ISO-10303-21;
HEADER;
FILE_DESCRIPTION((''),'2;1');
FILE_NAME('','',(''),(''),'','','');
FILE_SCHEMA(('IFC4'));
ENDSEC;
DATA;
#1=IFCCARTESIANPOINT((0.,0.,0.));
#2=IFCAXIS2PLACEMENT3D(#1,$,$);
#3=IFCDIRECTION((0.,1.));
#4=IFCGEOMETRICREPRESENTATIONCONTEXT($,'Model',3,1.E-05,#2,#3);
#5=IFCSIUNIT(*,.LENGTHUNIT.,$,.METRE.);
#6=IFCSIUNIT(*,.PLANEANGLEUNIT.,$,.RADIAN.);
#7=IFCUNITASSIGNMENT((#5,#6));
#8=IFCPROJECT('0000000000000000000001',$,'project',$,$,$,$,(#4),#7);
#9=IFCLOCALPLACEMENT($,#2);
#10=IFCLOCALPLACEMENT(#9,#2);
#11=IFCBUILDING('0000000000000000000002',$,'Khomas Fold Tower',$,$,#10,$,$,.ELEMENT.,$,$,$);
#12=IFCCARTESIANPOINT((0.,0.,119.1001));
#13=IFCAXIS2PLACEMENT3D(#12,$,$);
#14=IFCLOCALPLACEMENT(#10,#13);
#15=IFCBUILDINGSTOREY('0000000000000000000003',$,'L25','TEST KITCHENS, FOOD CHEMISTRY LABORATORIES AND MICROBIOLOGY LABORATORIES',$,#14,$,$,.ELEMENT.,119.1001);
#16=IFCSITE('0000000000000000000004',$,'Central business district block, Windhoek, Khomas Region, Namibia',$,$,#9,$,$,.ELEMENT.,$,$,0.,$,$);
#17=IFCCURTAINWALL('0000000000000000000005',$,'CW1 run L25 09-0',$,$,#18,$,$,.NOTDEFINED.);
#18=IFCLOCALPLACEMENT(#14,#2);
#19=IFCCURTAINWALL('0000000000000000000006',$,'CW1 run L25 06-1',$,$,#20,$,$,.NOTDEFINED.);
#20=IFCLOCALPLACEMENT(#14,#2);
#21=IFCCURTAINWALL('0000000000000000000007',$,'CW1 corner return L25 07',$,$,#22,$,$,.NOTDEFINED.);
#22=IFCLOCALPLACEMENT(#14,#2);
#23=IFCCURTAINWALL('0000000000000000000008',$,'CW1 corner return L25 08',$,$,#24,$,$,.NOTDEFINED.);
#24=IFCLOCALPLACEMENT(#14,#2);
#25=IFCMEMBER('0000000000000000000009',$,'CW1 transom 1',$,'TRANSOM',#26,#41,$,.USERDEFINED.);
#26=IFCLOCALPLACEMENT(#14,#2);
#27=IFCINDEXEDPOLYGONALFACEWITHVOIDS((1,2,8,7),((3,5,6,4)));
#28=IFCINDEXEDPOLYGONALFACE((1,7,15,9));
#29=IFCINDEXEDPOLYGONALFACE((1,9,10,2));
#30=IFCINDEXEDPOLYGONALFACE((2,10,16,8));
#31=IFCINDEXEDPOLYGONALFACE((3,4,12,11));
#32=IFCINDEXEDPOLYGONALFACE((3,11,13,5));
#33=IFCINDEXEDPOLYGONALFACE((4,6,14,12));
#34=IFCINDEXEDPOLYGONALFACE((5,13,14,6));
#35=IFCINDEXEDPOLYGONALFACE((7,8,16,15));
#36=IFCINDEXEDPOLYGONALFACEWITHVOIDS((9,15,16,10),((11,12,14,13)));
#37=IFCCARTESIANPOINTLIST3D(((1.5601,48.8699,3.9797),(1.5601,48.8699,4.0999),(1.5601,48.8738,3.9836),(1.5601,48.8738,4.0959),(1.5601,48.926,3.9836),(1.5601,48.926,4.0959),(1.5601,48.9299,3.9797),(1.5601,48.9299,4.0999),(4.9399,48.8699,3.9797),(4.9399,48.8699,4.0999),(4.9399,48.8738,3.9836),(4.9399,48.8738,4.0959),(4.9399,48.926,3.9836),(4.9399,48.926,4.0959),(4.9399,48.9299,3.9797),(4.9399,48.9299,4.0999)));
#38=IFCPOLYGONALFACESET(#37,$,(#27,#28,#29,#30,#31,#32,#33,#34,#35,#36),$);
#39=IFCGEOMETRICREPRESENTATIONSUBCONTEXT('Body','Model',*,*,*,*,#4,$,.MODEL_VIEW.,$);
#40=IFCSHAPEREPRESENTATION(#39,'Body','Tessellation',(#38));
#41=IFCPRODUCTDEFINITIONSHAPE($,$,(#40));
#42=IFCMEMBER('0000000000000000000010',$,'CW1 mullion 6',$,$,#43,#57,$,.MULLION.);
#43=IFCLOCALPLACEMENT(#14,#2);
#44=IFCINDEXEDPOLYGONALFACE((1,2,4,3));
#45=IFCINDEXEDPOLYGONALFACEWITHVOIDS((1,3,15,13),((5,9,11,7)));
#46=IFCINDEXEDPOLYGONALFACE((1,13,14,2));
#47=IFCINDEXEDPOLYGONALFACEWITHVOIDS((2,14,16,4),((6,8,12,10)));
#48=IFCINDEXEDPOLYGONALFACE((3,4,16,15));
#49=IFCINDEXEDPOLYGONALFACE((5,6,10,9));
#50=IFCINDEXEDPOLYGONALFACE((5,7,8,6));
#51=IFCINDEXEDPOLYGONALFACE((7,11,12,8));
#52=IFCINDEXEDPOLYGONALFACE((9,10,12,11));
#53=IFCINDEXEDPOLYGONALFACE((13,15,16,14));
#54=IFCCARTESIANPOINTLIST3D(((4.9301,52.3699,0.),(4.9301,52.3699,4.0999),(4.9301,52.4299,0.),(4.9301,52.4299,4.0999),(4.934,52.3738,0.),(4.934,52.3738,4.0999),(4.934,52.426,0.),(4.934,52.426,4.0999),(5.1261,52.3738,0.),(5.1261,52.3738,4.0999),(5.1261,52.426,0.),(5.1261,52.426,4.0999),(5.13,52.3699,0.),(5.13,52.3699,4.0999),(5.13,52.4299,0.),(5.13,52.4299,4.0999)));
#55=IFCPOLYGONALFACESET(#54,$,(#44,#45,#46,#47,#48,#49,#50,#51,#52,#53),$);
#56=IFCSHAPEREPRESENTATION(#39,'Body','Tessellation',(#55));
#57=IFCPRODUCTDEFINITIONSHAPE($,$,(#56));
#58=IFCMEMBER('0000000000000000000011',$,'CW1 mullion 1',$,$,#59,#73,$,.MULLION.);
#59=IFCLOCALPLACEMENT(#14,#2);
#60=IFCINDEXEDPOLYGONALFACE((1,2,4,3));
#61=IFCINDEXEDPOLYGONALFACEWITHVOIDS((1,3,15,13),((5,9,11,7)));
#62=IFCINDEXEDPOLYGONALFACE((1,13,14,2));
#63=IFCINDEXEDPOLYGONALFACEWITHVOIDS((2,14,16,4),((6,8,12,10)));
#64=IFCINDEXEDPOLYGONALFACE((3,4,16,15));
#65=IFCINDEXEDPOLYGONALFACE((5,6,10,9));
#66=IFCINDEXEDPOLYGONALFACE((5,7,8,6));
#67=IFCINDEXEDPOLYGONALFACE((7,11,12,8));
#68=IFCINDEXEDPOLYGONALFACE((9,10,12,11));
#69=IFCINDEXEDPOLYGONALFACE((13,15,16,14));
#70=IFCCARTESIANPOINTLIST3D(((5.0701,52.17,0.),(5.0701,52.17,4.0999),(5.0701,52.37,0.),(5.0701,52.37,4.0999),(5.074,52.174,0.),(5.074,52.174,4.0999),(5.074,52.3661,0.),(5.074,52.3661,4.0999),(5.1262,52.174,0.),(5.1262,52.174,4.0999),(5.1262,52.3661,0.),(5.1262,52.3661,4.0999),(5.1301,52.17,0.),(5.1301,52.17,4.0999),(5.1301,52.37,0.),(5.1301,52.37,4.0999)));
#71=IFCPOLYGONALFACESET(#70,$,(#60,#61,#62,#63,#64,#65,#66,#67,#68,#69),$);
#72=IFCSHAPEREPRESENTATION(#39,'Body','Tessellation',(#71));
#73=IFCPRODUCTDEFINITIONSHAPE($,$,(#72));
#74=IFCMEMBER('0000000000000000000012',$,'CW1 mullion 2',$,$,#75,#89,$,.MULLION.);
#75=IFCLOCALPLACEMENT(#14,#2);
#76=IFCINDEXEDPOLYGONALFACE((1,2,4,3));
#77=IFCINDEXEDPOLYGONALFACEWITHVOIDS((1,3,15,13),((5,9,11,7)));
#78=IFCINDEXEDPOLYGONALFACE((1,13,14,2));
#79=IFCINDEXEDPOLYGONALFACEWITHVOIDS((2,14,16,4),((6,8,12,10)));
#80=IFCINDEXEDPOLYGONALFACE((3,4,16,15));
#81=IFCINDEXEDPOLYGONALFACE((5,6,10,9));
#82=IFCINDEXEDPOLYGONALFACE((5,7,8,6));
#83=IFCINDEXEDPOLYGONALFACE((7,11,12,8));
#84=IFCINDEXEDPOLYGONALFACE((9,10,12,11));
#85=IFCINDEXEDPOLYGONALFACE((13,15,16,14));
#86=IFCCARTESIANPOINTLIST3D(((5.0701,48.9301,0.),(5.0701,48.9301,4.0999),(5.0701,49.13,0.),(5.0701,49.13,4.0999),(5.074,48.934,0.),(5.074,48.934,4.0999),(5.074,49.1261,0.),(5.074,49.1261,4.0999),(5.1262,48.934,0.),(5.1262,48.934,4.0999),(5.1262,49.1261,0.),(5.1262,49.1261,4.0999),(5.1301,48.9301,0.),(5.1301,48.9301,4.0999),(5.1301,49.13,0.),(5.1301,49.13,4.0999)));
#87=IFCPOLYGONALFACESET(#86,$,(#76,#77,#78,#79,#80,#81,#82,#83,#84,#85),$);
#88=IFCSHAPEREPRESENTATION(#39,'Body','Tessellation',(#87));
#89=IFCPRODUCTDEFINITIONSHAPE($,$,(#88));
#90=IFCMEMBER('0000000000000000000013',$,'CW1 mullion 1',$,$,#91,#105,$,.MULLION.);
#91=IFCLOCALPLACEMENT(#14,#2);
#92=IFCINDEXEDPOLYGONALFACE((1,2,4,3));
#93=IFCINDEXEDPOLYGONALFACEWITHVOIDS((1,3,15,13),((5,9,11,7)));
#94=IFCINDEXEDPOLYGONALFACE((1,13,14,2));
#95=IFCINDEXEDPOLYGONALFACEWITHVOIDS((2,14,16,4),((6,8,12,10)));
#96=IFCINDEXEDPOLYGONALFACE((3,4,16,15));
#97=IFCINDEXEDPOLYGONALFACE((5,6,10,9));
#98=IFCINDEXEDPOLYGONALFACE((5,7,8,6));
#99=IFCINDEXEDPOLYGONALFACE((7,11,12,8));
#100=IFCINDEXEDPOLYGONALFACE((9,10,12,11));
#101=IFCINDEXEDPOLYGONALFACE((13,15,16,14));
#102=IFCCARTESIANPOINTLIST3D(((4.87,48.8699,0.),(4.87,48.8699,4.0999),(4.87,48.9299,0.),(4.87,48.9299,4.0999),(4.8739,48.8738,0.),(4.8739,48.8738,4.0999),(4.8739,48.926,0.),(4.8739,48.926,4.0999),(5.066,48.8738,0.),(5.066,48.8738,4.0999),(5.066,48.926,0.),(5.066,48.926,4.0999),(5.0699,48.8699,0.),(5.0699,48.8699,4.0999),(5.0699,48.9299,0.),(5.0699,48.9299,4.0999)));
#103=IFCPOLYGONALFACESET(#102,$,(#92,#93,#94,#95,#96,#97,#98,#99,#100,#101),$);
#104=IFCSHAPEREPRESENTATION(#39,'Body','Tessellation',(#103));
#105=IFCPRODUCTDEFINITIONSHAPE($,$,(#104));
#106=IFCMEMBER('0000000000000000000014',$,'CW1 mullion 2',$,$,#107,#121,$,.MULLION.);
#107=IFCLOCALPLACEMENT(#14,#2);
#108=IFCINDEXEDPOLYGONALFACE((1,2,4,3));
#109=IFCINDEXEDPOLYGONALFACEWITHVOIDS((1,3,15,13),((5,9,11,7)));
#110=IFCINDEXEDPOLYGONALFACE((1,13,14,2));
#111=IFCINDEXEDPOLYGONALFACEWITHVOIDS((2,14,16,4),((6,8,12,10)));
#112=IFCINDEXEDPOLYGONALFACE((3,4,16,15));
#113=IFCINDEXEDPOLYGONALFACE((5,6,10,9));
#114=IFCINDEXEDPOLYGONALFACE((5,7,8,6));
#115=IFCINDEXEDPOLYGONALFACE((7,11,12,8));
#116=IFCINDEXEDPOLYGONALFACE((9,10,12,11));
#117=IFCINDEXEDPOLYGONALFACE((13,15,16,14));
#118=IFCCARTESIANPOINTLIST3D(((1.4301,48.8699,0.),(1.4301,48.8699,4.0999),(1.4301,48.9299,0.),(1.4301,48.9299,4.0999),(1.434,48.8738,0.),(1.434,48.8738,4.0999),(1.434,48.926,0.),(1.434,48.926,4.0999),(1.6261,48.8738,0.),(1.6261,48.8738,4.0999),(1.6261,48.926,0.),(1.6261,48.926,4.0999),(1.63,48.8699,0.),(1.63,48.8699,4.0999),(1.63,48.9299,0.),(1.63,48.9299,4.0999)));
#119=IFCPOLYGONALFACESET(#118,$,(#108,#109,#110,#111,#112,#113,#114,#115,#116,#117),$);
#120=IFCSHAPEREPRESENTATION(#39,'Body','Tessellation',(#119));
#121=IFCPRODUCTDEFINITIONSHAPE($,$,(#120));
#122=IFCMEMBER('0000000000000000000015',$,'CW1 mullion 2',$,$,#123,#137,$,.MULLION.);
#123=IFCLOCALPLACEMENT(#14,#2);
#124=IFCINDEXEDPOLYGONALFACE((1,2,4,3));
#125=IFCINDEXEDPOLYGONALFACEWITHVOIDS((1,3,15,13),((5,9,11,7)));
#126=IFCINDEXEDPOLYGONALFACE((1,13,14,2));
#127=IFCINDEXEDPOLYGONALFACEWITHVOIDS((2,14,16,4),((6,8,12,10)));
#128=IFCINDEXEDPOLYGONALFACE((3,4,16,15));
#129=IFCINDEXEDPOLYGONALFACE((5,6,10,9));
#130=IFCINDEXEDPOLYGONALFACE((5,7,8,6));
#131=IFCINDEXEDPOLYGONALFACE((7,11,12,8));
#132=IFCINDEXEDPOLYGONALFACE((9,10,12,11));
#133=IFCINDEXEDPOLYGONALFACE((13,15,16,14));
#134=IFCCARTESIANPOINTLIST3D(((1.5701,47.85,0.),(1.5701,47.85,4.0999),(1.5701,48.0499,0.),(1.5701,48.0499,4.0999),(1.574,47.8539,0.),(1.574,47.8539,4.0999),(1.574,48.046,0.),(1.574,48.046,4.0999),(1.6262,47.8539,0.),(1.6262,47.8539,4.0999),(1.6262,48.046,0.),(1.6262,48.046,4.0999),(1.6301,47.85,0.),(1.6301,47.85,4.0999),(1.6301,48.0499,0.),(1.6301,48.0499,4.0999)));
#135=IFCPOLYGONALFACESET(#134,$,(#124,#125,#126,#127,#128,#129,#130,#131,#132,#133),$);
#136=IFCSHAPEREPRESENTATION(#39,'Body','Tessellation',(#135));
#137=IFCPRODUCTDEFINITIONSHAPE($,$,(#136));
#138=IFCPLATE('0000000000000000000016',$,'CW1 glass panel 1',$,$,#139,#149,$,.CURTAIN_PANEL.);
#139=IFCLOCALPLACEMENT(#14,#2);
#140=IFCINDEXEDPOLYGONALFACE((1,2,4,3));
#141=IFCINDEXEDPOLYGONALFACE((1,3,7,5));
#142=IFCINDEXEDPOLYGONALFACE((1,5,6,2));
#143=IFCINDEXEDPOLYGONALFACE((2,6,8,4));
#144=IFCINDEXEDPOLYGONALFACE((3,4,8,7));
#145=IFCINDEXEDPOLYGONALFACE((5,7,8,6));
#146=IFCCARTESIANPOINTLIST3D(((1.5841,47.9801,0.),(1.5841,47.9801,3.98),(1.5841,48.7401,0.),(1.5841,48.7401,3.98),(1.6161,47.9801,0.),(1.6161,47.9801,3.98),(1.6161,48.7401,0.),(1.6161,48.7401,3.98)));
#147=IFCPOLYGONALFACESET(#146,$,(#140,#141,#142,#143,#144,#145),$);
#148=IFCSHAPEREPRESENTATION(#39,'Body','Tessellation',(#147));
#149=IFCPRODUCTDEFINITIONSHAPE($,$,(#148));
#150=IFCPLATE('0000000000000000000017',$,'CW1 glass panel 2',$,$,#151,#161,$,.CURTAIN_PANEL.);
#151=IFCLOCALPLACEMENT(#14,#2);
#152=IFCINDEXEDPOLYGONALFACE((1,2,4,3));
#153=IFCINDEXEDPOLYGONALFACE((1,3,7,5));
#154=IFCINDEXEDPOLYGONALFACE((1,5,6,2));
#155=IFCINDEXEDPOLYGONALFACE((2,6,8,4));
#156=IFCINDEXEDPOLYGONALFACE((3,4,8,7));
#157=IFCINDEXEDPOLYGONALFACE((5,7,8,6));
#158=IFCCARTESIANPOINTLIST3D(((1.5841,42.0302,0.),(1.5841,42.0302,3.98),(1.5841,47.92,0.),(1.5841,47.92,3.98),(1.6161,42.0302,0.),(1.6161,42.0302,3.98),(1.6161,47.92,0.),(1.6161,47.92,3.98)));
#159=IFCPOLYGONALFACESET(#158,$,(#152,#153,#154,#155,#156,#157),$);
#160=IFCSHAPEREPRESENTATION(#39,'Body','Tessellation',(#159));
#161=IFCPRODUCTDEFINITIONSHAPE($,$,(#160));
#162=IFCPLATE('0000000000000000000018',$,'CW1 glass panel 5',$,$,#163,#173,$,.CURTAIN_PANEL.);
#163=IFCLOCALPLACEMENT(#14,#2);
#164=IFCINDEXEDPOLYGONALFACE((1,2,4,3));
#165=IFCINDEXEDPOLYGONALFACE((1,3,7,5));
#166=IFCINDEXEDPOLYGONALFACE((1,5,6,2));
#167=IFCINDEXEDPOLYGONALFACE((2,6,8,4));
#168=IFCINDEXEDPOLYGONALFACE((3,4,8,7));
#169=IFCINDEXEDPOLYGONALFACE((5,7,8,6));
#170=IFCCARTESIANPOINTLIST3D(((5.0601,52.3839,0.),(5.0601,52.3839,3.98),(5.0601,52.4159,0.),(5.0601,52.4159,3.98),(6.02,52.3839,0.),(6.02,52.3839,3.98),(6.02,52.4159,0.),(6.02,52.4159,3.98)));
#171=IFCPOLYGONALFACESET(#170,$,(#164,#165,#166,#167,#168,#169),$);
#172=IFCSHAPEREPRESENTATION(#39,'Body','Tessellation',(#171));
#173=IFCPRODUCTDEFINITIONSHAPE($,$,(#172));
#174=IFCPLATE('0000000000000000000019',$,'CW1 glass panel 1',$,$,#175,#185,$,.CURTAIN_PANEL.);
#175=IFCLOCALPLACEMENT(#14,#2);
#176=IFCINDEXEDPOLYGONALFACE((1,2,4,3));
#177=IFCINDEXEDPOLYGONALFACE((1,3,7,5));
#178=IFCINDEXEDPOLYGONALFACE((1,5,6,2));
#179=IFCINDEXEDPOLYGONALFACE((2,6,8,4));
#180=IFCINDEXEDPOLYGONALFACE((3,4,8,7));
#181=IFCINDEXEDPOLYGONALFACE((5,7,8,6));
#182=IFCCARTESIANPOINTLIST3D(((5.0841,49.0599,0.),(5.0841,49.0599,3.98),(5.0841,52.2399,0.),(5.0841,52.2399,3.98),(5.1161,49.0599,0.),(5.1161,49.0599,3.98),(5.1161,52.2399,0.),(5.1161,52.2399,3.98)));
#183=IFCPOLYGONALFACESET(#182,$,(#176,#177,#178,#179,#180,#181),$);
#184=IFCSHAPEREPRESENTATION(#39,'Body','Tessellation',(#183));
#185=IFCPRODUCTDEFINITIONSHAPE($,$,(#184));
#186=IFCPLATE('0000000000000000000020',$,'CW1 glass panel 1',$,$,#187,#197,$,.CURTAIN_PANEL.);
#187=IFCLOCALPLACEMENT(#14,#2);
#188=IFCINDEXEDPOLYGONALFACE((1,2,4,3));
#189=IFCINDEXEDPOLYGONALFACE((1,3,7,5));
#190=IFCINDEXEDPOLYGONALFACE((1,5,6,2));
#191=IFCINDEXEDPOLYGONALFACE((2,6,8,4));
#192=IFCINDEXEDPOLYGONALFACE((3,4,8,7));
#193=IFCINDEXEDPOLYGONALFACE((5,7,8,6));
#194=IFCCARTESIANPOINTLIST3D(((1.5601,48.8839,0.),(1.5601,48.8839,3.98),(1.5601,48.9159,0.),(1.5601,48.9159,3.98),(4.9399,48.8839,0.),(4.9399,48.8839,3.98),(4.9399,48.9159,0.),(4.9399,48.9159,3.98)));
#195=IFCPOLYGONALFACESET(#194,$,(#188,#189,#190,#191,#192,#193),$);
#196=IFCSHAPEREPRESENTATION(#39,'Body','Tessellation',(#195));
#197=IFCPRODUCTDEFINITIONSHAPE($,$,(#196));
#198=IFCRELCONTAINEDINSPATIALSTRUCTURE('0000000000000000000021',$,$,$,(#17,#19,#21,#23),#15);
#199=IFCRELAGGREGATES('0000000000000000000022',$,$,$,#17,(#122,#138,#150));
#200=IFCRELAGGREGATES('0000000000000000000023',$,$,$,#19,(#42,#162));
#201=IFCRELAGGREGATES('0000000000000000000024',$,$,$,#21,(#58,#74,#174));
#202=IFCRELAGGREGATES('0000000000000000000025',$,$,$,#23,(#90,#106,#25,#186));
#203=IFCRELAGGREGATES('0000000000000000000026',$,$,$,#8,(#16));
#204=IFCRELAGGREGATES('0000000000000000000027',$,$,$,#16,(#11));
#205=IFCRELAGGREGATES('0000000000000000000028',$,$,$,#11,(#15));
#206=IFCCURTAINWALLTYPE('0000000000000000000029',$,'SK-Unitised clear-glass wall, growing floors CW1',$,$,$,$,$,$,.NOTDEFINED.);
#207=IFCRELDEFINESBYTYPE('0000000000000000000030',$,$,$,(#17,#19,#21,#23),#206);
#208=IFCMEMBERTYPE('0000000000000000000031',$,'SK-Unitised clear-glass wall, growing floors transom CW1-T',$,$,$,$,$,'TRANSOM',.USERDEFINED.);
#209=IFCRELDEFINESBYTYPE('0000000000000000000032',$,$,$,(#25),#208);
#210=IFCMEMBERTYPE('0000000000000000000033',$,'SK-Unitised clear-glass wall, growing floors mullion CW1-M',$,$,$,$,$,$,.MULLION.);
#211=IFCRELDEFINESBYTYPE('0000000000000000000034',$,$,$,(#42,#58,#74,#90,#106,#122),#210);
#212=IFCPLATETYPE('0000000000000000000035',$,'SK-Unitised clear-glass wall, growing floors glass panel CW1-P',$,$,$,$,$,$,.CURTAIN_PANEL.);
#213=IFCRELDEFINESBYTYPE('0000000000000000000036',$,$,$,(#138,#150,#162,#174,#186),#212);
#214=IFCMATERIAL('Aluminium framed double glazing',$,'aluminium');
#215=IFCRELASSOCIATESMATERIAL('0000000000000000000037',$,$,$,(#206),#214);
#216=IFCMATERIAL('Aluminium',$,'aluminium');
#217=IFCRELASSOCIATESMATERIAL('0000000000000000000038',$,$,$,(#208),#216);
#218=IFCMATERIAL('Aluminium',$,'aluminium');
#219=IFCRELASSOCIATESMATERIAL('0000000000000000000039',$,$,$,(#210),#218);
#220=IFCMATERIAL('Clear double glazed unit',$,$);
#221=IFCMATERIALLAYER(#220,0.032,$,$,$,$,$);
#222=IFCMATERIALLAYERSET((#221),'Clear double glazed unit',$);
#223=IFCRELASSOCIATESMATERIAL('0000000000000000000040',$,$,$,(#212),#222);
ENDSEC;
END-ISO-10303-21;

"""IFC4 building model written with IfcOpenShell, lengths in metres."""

from ifc_helpers import new_model, si_unit, direction, frame, origin, origin_2d, place, context, subcontext, project, spatial, rectangle, hollow_rectangle, extrude, source, transform, mapped, material, layer, layer_set, material_profile, profile_set, type_object, element, aggregate, save


model = new_model("IFC4")

# Units and contexts
model_context = context("Model", 3, precision=1e-05, world=origin(), true_north=direction((0.0, 1.0)))
body_context = subcontext(model_context, "Body", "Model", "MODEL_VIEW")
ifc_project = project(units=[si_unit("LENGTHUNIT", "METRE"), si_unit("PLANEANGLEUNIT", "RADIAN")], contexts=[model_context])

# Site, building, storey
site_placement = place(None, origin())
site = spatial("IfcSite", under=ifc_project, at=site_placement, Name="Central business district block, Windhoek, Khomas Region, Namibia", CompositionType="ELEMENT", RefElevation=0.0)
building_placement = place(site_placement, origin())
building = spatial("IfcBuilding", under=site, at=building_placement, Name="Khomas Fold Tower", CompositionType="ELEMENT")
storey_placement = place(building_placement, frame((0.0, 0.0, 119.1001)))
storey = spatial("IfcBuildingStorey", under=building, at=storey_placement, Name="L25", Description="TEST KITCHENS, FOOD CHEMISTRY LABORATORIES AND MICROBIOLOGY LABORATORIES", CompositionType="ELEMENT", Elevation=119.1001)

# Curtain wall
ifc_material_1 = material(Name="Aluminium framed double glazing", Category="aluminium")
curtain_wall_type = type_object("IfcCurtainWallType", Name="SK-Unitised clear-glass wall, growing floors CW1", PredefinedType="NOTDEFINED", material=ifc_material_1)
curtain_wall_1_placement = place(storey_placement, origin())
curtain_wall_1 = element("IfcCurtainWall", 1, at=curtain_wall_1_placement, inside=storey, type_object=curtain_wall_type, Name="CW1 run L25 09-0", PredefinedType="NOTDEFINED")
ifc_material_2 = material(Name="Aluminium", Category="aluminium")
ifc_material_profile_1 = material_profile(ifc_material_2, hollow_rectangle(XDim=0.0601, YDim=0.1201, WallThickness=0.0039, at=origin_2d()), Name="SK-Unitised clear-glass wall, growing floors transom CW1-T")
ifc_profile_set_1 = profile_set([ifc_material_profile_1], Name="Aluminium")
member_type_1 = type_object("IfcMemberType", Name="SK-Unitised clear-glass wall, growing floors transom CW1-T", ElementType="TRANSOM", PredefinedType="USERDEFINED", material=ifc_profile_set_1)

# Curtain walls, member
curtain_wall_2_placement = place(storey_placement, origin())
curtain_wall_2 = element("IfcCurtainWall", 2, at=curtain_wall_2_placement, inside=storey, type_object=curtain_wall_type, Name="CW1 run L25 06-1", PredefinedType="NOTDEFINED")
curtain_wall_3_placement = place(storey_placement, origin())
curtain_wall_3 = element("IfcCurtainWall", 3, at=curtain_wall_3_placement, inside=storey, type_object=curtain_wall_type, Name="CW1 corner return L25 07", PredefinedType="NOTDEFINED")
curtain_wall_4_placement = place(storey_placement, origin())
curtain_wall_4 = element("IfcCurtainWall", 4, at=curtain_wall_4_placement, inside=storey, type_object=curtain_wall_type, Name="CW1 corner return L25 08", PredefinedType="NOTDEFINED")
shared_shape_1 = source(origin(), body_context, "Body", "SweptSolid", [
    extrude(hollow_rectangle(XDim=0.0601, YDim=0.1201, WallThickness=0.0039, at=origin_2d()), origin(), (0.0, 0.0, 1.0), 3.3799),
])
member_1_placement = place(storey_placement, frame((4.9399, 48.8999, 4.0398), z_axis=(-1.0, 0.0, 0.0), x_axis=(0.0, -1.0, 0.0)))
member_1 = element("IfcMember", 5, at=member_1_placement, type_object=member_type_1, Name="CW1 transom 1", ObjectType="TRANSOM", PredefinedType="USERDEFINED", context=body_context, shape_type="MappedRepresentation", body=[
    mapped(shared_shape_1, transform((0.0, 0.0, 0.0))),
])

# Members
ifc_material_3 = material(Name="Aluminium", Category="aluminium")
ifc_material_profile_2 = material_profile(ifc_material_3, hollow_rectangle(XDim=0.0601, YDim=0.2, WallThickness=0.0039, at=origin_2d()), Name="SK-Unitised clear-glass wall, growing floors mullion CW1-M")
ifc_profile_set_2 = profile_set([ifc_material_profile_2], Name="Aluminium")
member_type_2 = type_object("IfcMemberType", Name="SK-Unitised clear-glass wall, growing floors mullion CW1-M", PredefinedType="MULLION", material=ifc_profile_set_2)
shared_shape_2 = source(origin(), body_context, "Body", "SweptSolid", [
    extrude(hollow_rectangle(XDim=0.0601, YDim=0.2, WallThickness=0.0039, at=origin_2d()), origin(), (0.0, 0.0, 1.0), 4.0999),
])
member_2_placement = place(storey_placement, frame((5.03, 52.3999, 0.0), z_axis=(0.0, 0.0, 1.0), x_axis=(0.0, -1.0, 0.0)))
member_2 = element("IfcMember", 6, at=member_2_placement, type_object=member_type_2, Name="CW1 mullion 6", PredefinedType="MULLION", context=body_context, shape_type="MappedRepresentation", body=[
    mapped(shared_shape_2, transform((0.0, 0.0, 0.0))),
])
member_3_placement = place(storey_placement, frame((5.1001, 52.27, 0.0), z_axis=(0.0, 0.0, 1.0), x_axis=(1.0, 0.0, 0.0)))
member_3 = element("IfcMember", 7, at=member_3_placement, type_object=member_type_2, Name="CW1 mullion 1", PredefinedType="MULLION", context=body_context, shape_type="MappedRepresentation", body=[
    mapped(shared_shape_2, transform((0.0, 0.0, 0.0))),
])
member_4_placement = place(storey_placement, frame((5.1001, 49.03, 0.0), z_axis=(0.0, 0.0, 1.0), x_axis=(1.0, 0.0, 0.0)))
member_4 = element("IfcMember", 8, at=member_4_placement, type_object=member_type_2, Name="CW1 mullion 2", PredefinedType="MULLION", context=body_context, shape_type="MappedRepresentation", body=[
    mapped(shared_shape_2, transform((0.0, 0.0, 0.0))),
])
member_5_placement = place(storey_placement, frame((4.97, 48.8999, 0.0), z_axis=(0.0, 0.0, 1.0), x_axis=(0.0, -1.0, 0.0)))
member_5 = element("IfcMember", 9, at=member_5_placement, type_object=member_type_2, Name="CW1 mullion 1", PredefinedType="MULLION", context=body_context, shape_type="MappedRepresentation", body=[
    mapped(shared_shape_2, transform((0.0, 0.0, 0.0))),
])
member_6_placement = place(storey_placement, frame((1.53, 48.8999, 0.0), z_axis=(0.0, 0.0, 1.0), x_axis=(0.0, -1.0, 0.0)))
member_6 = element("IfcMember", 10, at=member_6_placement, type_object=member_type_2, Name="CW1 mullion 2", PredefinedType="MULLION", context=body_context, shape_type="MappedRepresentation", body=[
    mapped(shared_shape_2, transform((0.0, 0.0, 0.0))),
])
member_7_placement = place(storey_placement, frame((1.6001, 47.95, 0.0), z_axis=(0.0, 0.0, 1.0), x_axis=(1.0, 0.0, 0.0)))
member_7 = element("IfcMember", 11, at=member_7_placement, type_object=member_type_2, Name="CW1 mullion 2", PredefinedType="MULLION", context=body_context, shape_type="MappedRepresentation", body=[
    mapped(shared_shape_2, transform((0.0, 0.0, 0.0))),
])

# Plates
ifc_material_4 = material(Name="Clear double glazed unit")
ifc_layer_1 = layer(ifc_material_4, 0.032)
ifc_layer_set_1 = layer_set([ifc_layer_1], Name="Clear double glazed unit")
plate_type = type_object("IfcPlateType", Name="SK-Unitised clear-glass wall, growing floors glass panel CW1-P", PredefinedType="CURTAIN_PANEL", material=ifc_layer_set_1)
shared_shape_3 = source(origin(), body_context, "Body", "SweptSolid", [
    extrude(rectangle(XDim=0.76, YDim=0.032, at=origin_2d()), origin(), (0.0, 0.0, 1.0), 3.98),
])
plate_1_placement = place(storey_placement, frame((1.6001, 48.3601, 0.0), z_axis=(0.0, 0.0, 1.0), x_axis=(0.0, -1.0, 0.0)))
plate_1 = element("IfcPlate", 12, at=plate_1_placement, type_object=plate_type, Name="CW1 glass panel 1", PredefinedType="CURTAIN_PANEL", context=body_context, shape_type="MappedRepresentation", body=[
    mapped(shared_shape_3, transform((0.0, 0.0, 0.0))),
])
shared_shape_4 = source(origin(), body_context, "Body", "SweptSolid", [
    extrude(rectangle(XDim=5.8899, YDim=0.032, at=origin_2d()), origin(), (0.0, 0.0, 1.0), 3.98),
])
plate_2_placement = place(storey_placement, frame((1.6001, 44.9751, 0.0), z_axis=(0.0, 0.0, 1.0), x_axis=(0.0, -1.0, 0.0)))
plate_2 = element("IfcPlate", 13, at=plate_2_placement, type_object=plate_type, Name="CW1 glass panel 2", PredefinedType="CURTAIN_PANEL", context=body_context, shape_type="MappedRepresentation", body=[
    mapped(shared_shape_4, transform((0.0, 0.0, 0.0))),
])
aggregate(curtain_wall_1, [member_7, plate_1, plate_2])
shared_shape_5 = source(origin(), body_context, "Body", "SweptSolid", [
    extrude(rectangle(XDim=0.96, YDim=0.032, at=origin_2d()), origin(), (0.0, 0.0, 1.0), 3.98),
])
plate_3_placement = place(storey_placement, frame((5.54, 52.3999, 0.0), z_axis=(0.0, 0.0, 1.0), x_axis=(-1.0, 0.0, 0.0)))
plate_3 = element("IfcPlate", 14, at=plate_3_placement, type_object=plate_type, Name="CW1 glass panel 5", PredefinedType="CURTAIN_PANEL", context=body_context, shape_type="MappedRepresentation", body=[
    mapped(shared_shape_5, transform((0.0, 0.0, 0.0))),
])
aggregate(curtain_wall_2, [member_2, plate_3])
shared_shape_6 = source(origin(), body_context, "Body", "SweptSolid", [
    extrude(rectangle(XDim=3.1799, YDim=0.032, at=origin_2d()), origin(), (0.0, 0.0, 1.0), 3.98),
])
plate_4_placement = place(storey_placement, frame((5.1001, 50.6499, 0.0), z_axis=(0.0, 0.0, 1.0), x_axis=(0.0, -1.0, 0.0)))
plate_4 = element("IfcPlate", 15, at=plate_4_placement, type_object=plate_type, Name="CW1 glass panel 1", PredefinedType="CURTAIN_PANEL", context=body_context, shape_type="MappedRepresentation", body=[
    mapped(shared_shape_6, transform((0.0, 0.0, 0.0))),
])
aggregate(curtain_wall_3, [member_3, member_4, plate_4])
shared_shape_7 = source(origin(), body_context, "Body", "SweptSolid", [
    extrude(rectangle(XDim=3.3799, YDim=0.032, at=origin_2d()), origin(), (0.0, 0.0, 1.0), 3.98),
])
plate_5_placement = place(storey_placement, frame((3.25, 48.8999, 0.0), z_axis=(0.0, 0.0, 1.0), x_axis=(-1.0, 0.0, 0.0)))
plate_5 = element("IfcPlate", 16, at=plate_5_placement, type_object=plate_type, Name="CW1 glass panel 1", PredefinedType="CURTAIN_PANEL", context=body_context, shape_type="MappedRepresentation", body=[
    mapped(shared_shape_7, transform((0.0, 0.0, 0.0))),
])
aggregate(curtain_wall_4, [member_5, member_6, member_1, plate_5])

save(model, "model.ifc")
